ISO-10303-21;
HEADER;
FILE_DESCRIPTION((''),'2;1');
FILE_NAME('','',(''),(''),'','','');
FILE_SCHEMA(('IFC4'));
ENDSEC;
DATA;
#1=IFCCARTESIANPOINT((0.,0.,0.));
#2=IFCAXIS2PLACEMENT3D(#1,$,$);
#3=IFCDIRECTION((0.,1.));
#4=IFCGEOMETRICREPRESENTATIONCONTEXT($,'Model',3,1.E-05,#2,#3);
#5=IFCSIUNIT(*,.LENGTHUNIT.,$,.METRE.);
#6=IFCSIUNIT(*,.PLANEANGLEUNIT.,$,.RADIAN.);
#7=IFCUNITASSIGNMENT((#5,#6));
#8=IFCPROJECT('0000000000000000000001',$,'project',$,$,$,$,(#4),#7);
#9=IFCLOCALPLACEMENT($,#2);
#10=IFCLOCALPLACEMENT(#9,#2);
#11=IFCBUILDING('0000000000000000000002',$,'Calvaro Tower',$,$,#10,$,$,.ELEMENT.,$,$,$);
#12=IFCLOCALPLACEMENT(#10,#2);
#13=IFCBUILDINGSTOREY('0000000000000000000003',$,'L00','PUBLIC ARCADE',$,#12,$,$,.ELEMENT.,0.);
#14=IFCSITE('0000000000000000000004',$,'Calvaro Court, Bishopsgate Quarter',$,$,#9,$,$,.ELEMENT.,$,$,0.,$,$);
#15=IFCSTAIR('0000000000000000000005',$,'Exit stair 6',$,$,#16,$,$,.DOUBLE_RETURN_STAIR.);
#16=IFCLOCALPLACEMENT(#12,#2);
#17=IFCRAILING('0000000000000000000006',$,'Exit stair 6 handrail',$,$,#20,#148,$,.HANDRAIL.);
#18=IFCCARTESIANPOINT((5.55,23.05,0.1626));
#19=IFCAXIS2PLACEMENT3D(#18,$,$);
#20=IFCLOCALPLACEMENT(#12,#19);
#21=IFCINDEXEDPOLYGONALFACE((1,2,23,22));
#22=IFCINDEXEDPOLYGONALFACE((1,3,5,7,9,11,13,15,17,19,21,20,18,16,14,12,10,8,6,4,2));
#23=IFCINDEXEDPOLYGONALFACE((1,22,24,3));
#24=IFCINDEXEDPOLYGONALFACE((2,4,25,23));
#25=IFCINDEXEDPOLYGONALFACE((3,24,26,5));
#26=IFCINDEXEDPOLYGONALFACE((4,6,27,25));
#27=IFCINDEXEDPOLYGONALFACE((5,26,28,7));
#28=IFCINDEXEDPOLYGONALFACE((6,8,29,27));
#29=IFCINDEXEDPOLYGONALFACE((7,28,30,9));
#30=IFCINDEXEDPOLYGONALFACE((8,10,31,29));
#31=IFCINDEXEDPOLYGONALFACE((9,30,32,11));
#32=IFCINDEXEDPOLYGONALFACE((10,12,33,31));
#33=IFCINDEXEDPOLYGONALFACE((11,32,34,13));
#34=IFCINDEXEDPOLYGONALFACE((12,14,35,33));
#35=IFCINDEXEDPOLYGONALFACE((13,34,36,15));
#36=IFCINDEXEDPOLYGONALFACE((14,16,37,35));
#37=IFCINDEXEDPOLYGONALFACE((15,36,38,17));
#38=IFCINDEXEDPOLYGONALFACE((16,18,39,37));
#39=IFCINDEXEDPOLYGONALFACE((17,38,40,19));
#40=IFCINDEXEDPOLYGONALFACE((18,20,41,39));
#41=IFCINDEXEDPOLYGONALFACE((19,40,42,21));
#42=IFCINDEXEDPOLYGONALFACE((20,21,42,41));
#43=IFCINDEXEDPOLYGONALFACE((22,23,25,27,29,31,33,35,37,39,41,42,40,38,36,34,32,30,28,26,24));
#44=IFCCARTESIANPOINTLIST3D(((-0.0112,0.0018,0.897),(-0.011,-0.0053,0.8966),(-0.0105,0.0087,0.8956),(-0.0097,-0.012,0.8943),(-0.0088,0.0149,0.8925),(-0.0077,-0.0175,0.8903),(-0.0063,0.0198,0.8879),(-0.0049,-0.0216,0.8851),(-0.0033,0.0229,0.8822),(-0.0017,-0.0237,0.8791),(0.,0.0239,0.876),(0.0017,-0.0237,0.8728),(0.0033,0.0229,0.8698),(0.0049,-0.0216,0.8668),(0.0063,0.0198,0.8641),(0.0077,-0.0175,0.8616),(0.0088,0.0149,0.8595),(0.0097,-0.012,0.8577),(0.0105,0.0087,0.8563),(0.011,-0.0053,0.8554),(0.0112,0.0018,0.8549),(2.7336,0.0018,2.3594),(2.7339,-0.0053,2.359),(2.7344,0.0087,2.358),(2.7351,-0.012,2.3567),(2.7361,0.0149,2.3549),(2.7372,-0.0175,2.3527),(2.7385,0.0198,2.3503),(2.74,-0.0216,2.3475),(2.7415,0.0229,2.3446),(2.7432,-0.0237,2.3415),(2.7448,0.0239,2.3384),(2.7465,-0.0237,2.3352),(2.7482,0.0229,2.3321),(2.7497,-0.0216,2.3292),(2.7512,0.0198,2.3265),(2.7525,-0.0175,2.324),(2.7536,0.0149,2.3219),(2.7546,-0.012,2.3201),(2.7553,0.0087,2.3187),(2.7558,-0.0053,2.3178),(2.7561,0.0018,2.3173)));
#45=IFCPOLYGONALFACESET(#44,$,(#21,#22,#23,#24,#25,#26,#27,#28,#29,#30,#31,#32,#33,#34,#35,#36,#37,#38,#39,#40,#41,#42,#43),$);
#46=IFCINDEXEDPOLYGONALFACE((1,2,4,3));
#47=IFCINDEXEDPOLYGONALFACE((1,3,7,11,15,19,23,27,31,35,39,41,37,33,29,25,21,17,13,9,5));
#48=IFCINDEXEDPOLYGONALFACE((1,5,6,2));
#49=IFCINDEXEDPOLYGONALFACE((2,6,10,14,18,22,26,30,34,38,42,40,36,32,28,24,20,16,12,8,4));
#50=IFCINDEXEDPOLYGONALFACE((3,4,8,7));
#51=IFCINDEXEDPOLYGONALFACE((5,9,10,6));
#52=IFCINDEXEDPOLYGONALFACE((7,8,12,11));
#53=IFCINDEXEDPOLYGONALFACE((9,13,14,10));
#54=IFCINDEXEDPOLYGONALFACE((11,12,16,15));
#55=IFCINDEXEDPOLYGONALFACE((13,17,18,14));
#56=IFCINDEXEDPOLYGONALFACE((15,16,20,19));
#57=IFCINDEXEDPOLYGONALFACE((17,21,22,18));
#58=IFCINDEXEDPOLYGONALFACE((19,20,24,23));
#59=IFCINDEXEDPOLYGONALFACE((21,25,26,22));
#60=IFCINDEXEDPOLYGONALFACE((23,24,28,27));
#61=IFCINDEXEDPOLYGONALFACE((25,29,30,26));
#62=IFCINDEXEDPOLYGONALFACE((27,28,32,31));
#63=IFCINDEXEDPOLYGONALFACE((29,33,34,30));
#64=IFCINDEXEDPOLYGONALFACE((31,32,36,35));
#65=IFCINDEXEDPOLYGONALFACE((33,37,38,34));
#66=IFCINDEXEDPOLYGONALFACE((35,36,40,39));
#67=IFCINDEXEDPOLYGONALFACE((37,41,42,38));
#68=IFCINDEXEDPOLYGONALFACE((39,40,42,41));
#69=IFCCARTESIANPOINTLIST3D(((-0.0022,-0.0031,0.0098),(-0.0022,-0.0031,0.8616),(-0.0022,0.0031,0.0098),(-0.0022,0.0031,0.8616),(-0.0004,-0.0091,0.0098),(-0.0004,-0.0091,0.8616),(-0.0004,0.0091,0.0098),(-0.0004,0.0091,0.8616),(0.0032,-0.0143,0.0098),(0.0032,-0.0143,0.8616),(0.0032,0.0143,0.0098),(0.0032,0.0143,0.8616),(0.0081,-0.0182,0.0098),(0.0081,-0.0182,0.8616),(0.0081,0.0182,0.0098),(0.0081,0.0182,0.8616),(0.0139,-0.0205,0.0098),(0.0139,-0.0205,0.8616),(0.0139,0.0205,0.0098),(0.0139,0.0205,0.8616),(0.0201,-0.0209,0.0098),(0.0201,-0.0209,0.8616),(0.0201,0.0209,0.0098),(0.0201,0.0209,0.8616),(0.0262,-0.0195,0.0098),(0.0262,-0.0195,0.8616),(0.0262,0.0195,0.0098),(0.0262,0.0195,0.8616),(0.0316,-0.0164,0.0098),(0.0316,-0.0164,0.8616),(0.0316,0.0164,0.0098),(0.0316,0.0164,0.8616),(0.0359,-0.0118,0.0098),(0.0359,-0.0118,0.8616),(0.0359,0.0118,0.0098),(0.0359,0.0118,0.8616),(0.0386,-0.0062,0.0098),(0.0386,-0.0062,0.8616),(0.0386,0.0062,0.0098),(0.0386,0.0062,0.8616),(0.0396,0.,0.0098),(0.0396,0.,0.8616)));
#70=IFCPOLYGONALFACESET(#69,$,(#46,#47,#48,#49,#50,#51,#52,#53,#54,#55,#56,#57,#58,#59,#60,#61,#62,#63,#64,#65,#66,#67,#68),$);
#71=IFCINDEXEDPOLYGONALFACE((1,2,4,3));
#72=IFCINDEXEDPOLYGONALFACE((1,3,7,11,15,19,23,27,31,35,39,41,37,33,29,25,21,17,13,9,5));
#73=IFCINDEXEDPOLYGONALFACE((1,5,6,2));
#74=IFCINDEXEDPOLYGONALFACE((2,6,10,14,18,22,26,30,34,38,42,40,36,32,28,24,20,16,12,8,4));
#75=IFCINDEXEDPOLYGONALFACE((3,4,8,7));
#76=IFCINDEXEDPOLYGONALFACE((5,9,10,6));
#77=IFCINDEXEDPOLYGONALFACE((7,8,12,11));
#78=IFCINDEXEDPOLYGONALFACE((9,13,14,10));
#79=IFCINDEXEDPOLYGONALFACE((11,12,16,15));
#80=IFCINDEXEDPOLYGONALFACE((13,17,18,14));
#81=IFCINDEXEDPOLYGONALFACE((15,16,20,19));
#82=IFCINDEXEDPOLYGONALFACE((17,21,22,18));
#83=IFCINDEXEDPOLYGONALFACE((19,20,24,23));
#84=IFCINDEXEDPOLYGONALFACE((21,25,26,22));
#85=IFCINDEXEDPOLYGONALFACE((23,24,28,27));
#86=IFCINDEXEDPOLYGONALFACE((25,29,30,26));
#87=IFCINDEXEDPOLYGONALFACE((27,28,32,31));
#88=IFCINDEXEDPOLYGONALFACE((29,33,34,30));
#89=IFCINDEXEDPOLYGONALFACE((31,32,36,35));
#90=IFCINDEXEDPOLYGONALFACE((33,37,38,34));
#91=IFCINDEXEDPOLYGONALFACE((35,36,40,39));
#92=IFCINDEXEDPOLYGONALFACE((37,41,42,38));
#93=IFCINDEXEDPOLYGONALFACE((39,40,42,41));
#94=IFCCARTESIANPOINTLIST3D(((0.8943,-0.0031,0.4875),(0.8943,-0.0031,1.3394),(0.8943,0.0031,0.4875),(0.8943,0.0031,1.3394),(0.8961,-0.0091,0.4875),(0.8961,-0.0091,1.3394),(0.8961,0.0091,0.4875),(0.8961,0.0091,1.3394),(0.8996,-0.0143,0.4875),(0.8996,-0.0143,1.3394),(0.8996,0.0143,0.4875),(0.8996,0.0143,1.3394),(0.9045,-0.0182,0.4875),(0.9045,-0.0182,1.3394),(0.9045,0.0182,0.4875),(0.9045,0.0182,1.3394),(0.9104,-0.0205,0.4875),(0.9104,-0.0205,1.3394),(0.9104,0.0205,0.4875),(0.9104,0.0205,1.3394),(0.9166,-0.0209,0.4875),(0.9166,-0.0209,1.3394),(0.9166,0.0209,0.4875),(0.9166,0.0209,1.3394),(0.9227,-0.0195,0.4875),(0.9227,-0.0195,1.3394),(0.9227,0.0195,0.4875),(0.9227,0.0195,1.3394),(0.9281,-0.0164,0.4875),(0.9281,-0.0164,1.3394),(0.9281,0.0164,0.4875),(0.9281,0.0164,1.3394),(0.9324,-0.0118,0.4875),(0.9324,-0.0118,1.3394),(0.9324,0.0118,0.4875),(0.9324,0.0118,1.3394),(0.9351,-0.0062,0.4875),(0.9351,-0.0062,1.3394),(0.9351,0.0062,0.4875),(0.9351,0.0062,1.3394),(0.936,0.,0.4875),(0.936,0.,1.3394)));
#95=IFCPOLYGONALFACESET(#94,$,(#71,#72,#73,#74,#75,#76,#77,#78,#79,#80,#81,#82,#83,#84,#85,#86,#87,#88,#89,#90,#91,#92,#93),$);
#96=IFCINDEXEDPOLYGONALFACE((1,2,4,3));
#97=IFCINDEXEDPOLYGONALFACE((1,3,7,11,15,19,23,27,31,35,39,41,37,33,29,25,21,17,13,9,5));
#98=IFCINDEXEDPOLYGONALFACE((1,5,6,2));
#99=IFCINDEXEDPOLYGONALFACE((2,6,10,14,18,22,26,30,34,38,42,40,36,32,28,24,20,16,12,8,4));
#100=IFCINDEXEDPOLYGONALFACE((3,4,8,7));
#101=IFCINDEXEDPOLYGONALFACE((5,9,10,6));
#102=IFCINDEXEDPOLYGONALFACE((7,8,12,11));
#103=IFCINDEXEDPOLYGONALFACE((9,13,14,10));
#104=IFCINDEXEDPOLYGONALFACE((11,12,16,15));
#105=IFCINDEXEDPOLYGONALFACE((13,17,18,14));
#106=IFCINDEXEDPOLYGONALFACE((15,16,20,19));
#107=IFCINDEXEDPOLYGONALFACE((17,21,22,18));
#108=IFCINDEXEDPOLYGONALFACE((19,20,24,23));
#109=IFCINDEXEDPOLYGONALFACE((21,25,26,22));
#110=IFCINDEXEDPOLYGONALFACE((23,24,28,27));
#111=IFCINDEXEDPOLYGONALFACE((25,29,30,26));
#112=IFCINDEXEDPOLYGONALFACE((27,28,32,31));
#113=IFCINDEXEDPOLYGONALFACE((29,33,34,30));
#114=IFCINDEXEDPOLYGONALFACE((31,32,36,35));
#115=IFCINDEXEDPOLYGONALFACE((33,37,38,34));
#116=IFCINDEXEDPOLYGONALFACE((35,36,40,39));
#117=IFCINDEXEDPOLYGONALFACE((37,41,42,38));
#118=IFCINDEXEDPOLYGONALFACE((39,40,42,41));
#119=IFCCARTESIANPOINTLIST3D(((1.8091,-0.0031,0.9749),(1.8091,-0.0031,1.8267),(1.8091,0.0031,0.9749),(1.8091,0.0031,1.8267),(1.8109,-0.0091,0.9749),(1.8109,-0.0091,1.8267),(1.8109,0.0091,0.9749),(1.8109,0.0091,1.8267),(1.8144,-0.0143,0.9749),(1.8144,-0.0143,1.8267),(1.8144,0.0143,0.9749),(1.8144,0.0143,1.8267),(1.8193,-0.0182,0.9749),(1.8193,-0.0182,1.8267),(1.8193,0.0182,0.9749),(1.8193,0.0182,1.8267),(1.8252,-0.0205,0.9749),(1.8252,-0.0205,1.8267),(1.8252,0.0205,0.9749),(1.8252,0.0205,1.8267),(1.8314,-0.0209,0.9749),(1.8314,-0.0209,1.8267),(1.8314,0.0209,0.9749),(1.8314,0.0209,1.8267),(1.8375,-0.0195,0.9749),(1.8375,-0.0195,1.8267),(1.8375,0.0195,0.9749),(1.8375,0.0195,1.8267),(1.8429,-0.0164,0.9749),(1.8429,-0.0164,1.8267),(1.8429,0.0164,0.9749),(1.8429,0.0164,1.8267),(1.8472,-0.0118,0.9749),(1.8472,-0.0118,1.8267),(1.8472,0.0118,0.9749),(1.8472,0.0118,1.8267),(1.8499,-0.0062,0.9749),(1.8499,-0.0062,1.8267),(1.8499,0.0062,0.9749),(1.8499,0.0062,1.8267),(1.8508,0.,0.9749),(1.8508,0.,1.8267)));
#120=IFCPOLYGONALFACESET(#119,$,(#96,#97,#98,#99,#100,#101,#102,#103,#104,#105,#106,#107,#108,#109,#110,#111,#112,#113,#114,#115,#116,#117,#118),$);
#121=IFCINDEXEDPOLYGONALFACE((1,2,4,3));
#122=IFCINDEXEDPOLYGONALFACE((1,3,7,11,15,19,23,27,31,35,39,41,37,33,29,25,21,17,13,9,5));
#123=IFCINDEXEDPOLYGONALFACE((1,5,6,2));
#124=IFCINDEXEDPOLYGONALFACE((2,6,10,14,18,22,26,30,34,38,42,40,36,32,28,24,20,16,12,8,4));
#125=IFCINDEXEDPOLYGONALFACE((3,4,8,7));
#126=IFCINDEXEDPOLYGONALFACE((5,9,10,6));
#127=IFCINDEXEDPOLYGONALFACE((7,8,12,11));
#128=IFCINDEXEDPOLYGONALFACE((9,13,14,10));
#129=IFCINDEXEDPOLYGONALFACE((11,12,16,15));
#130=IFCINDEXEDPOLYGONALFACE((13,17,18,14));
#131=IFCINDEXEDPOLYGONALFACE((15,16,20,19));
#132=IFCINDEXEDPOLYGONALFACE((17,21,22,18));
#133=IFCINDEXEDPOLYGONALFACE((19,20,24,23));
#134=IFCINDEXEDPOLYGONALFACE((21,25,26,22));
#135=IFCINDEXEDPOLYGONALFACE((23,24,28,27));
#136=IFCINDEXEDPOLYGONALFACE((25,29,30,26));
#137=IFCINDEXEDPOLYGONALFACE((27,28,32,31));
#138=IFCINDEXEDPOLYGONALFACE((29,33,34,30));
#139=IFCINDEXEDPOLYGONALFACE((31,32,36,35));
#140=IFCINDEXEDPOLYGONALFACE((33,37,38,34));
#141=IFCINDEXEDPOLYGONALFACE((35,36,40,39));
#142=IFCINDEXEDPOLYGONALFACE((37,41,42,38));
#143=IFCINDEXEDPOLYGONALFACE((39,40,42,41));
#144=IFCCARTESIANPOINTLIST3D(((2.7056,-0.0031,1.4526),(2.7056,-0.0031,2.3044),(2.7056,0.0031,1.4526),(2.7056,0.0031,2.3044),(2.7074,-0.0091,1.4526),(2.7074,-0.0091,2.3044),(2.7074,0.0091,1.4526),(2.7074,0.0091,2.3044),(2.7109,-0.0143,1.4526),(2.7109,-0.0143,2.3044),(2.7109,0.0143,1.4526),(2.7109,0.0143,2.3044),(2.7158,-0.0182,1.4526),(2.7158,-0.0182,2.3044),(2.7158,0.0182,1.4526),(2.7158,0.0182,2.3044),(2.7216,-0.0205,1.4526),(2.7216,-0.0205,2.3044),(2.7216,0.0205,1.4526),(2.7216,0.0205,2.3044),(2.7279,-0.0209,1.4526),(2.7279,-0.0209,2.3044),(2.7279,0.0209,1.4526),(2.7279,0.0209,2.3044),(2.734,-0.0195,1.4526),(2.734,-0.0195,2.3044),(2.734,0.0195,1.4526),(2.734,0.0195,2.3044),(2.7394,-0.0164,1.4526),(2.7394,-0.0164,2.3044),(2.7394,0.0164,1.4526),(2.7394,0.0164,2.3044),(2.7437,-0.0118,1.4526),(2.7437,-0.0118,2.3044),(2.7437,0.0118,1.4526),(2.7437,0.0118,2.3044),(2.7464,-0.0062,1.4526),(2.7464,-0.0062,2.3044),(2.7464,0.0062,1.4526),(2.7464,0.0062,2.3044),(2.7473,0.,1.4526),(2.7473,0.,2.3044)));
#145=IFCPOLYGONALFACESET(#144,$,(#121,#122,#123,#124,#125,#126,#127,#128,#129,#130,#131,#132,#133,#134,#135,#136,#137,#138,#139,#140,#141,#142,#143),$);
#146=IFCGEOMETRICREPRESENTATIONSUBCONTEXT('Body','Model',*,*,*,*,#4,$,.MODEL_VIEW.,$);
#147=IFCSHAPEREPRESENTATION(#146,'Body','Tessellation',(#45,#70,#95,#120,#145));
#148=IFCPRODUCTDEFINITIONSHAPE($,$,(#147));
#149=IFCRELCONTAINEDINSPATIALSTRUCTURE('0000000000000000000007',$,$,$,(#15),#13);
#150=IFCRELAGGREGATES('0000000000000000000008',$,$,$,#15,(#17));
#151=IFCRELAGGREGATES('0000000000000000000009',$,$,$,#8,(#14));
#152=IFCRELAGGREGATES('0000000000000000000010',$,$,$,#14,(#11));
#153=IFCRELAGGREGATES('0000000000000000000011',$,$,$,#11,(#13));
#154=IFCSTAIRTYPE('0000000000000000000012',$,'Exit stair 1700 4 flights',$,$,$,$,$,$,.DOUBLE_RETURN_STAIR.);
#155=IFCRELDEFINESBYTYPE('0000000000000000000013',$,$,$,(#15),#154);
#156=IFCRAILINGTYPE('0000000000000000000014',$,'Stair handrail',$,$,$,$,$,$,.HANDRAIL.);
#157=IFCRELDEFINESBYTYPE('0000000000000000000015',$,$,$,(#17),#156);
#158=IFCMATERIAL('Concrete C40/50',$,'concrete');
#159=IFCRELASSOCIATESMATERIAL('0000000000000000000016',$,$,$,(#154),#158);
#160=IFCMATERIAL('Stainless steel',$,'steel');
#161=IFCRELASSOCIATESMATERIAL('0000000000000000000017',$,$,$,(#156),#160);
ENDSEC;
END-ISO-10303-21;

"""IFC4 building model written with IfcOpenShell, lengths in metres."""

from ifc_helpers import new_model, si_unit, direction, frame, origin, origin_2d, place, context, subcontext, project, spatial, circle, extrude, material, type_object, element, aggregate, save


model = new_model("IFC4")

# Units and contexts
model_context = context("Model", 3, precision=1e-05, world=origin(), true_north=direction((0.0, 1.0)))
body_context = subcontext(model_context, "Body", "Model", "MODEL_VIEW")
ifc_project = project(units=[si_unit("LENGTHUNIT", "METRE"), si_unit("PLANEANGLEUNIT", "RADIAN")], contexts=[model_context])

# Site, building, storey
site_placement = place(None, origin())
site = spatial("IfcSite", under=ifc_project, at=site_placement, Name="Calvaro Court, Bishopsgate Quarter", CompositionType="ELEMENT", RefElevation=0.0)
building_placement = place(site_placement, origin())
building = spatial("IfcBuilding", under=site, at=building_placement, Name="Calvaro Tower", CompositionType="ELEMENT")
storey_placement = place(building_placement, origin())
storey = spatial("IfcBuildingStorey", under=building, at=storey_placement, Name="L00", Description="PUBLIC ARCADE", CompositionType="ELEMENT", Elevation=0.0)

# Stair, railing
ifc_material_1 = material(Name="Concrete C40/50", Category="concrete")
stair_type = type_object("IfcStairType", Name="Exit stair 1700 4 flights", PredefinedType="DOUBLE_RETURN_STAIR", material=ifc_material_1)
stair_placement = place(storey_placement, origin())
stair = element("IfcStair", 1, at=stair_placement, inside=storey, type_object=stair_type, Name="Exit stair 6", PredefinedType="DOUBLE_RETURN_STAIR")
ifc_material_2 = material(Name="Stainless steel", Category="steel")
railing_type = type_object("IfcRailingType", Name="Stair handrail", PredefinedType="HANDRAIL", material=ifc_material_2)
railing_1_placement = place(storey_placement, frame((5.55, 23.05, 0.1626)))
railing_1 = element("IfcRailing", 2, at=railing_1_placement, type_object=railing_type, Name="Exit stair 6 handrail", PredefinedType="HANDRAIL", context=body_context, shape_type="SweptSolid", body=[
    extrude(circle(Radius=0.0239, at=origin_2d()), frame((0.0, 0.0, 0.876), z_axis=(0.882557, 0.0, 0.470205), x_axis=(0.0, 1.0, 0.0)), (0.0, 0.0, 1.0), 3.1101),
    extrude(circle(Radius=0.021, at=origin_2d()), frame((0.0186, 0.0, 0.0098)), (0.0, 0.0, 1.0), 0.8518),
    extrude(circle(Radius=0.021, at=origin_2d()), frame((0.915, 0.0, 0.4875)), (0.0, 0.0, 1.0), 0.8518),
    extrude(circle(Radius=0.021, at=origin_2d()), frame((1.8298, 0.0, 0.9749)), (0.0, 0.0, 1.0), 0.8518),
    extrude(circle(Radius=0.021, at=origin_2d()), frame((2.7263, 0.0, 1.4526)), (0.0, 0.0, 1.0), 0.8518),
])
aggregate(stair, [railing_1])

save(model, "model.ifc")
